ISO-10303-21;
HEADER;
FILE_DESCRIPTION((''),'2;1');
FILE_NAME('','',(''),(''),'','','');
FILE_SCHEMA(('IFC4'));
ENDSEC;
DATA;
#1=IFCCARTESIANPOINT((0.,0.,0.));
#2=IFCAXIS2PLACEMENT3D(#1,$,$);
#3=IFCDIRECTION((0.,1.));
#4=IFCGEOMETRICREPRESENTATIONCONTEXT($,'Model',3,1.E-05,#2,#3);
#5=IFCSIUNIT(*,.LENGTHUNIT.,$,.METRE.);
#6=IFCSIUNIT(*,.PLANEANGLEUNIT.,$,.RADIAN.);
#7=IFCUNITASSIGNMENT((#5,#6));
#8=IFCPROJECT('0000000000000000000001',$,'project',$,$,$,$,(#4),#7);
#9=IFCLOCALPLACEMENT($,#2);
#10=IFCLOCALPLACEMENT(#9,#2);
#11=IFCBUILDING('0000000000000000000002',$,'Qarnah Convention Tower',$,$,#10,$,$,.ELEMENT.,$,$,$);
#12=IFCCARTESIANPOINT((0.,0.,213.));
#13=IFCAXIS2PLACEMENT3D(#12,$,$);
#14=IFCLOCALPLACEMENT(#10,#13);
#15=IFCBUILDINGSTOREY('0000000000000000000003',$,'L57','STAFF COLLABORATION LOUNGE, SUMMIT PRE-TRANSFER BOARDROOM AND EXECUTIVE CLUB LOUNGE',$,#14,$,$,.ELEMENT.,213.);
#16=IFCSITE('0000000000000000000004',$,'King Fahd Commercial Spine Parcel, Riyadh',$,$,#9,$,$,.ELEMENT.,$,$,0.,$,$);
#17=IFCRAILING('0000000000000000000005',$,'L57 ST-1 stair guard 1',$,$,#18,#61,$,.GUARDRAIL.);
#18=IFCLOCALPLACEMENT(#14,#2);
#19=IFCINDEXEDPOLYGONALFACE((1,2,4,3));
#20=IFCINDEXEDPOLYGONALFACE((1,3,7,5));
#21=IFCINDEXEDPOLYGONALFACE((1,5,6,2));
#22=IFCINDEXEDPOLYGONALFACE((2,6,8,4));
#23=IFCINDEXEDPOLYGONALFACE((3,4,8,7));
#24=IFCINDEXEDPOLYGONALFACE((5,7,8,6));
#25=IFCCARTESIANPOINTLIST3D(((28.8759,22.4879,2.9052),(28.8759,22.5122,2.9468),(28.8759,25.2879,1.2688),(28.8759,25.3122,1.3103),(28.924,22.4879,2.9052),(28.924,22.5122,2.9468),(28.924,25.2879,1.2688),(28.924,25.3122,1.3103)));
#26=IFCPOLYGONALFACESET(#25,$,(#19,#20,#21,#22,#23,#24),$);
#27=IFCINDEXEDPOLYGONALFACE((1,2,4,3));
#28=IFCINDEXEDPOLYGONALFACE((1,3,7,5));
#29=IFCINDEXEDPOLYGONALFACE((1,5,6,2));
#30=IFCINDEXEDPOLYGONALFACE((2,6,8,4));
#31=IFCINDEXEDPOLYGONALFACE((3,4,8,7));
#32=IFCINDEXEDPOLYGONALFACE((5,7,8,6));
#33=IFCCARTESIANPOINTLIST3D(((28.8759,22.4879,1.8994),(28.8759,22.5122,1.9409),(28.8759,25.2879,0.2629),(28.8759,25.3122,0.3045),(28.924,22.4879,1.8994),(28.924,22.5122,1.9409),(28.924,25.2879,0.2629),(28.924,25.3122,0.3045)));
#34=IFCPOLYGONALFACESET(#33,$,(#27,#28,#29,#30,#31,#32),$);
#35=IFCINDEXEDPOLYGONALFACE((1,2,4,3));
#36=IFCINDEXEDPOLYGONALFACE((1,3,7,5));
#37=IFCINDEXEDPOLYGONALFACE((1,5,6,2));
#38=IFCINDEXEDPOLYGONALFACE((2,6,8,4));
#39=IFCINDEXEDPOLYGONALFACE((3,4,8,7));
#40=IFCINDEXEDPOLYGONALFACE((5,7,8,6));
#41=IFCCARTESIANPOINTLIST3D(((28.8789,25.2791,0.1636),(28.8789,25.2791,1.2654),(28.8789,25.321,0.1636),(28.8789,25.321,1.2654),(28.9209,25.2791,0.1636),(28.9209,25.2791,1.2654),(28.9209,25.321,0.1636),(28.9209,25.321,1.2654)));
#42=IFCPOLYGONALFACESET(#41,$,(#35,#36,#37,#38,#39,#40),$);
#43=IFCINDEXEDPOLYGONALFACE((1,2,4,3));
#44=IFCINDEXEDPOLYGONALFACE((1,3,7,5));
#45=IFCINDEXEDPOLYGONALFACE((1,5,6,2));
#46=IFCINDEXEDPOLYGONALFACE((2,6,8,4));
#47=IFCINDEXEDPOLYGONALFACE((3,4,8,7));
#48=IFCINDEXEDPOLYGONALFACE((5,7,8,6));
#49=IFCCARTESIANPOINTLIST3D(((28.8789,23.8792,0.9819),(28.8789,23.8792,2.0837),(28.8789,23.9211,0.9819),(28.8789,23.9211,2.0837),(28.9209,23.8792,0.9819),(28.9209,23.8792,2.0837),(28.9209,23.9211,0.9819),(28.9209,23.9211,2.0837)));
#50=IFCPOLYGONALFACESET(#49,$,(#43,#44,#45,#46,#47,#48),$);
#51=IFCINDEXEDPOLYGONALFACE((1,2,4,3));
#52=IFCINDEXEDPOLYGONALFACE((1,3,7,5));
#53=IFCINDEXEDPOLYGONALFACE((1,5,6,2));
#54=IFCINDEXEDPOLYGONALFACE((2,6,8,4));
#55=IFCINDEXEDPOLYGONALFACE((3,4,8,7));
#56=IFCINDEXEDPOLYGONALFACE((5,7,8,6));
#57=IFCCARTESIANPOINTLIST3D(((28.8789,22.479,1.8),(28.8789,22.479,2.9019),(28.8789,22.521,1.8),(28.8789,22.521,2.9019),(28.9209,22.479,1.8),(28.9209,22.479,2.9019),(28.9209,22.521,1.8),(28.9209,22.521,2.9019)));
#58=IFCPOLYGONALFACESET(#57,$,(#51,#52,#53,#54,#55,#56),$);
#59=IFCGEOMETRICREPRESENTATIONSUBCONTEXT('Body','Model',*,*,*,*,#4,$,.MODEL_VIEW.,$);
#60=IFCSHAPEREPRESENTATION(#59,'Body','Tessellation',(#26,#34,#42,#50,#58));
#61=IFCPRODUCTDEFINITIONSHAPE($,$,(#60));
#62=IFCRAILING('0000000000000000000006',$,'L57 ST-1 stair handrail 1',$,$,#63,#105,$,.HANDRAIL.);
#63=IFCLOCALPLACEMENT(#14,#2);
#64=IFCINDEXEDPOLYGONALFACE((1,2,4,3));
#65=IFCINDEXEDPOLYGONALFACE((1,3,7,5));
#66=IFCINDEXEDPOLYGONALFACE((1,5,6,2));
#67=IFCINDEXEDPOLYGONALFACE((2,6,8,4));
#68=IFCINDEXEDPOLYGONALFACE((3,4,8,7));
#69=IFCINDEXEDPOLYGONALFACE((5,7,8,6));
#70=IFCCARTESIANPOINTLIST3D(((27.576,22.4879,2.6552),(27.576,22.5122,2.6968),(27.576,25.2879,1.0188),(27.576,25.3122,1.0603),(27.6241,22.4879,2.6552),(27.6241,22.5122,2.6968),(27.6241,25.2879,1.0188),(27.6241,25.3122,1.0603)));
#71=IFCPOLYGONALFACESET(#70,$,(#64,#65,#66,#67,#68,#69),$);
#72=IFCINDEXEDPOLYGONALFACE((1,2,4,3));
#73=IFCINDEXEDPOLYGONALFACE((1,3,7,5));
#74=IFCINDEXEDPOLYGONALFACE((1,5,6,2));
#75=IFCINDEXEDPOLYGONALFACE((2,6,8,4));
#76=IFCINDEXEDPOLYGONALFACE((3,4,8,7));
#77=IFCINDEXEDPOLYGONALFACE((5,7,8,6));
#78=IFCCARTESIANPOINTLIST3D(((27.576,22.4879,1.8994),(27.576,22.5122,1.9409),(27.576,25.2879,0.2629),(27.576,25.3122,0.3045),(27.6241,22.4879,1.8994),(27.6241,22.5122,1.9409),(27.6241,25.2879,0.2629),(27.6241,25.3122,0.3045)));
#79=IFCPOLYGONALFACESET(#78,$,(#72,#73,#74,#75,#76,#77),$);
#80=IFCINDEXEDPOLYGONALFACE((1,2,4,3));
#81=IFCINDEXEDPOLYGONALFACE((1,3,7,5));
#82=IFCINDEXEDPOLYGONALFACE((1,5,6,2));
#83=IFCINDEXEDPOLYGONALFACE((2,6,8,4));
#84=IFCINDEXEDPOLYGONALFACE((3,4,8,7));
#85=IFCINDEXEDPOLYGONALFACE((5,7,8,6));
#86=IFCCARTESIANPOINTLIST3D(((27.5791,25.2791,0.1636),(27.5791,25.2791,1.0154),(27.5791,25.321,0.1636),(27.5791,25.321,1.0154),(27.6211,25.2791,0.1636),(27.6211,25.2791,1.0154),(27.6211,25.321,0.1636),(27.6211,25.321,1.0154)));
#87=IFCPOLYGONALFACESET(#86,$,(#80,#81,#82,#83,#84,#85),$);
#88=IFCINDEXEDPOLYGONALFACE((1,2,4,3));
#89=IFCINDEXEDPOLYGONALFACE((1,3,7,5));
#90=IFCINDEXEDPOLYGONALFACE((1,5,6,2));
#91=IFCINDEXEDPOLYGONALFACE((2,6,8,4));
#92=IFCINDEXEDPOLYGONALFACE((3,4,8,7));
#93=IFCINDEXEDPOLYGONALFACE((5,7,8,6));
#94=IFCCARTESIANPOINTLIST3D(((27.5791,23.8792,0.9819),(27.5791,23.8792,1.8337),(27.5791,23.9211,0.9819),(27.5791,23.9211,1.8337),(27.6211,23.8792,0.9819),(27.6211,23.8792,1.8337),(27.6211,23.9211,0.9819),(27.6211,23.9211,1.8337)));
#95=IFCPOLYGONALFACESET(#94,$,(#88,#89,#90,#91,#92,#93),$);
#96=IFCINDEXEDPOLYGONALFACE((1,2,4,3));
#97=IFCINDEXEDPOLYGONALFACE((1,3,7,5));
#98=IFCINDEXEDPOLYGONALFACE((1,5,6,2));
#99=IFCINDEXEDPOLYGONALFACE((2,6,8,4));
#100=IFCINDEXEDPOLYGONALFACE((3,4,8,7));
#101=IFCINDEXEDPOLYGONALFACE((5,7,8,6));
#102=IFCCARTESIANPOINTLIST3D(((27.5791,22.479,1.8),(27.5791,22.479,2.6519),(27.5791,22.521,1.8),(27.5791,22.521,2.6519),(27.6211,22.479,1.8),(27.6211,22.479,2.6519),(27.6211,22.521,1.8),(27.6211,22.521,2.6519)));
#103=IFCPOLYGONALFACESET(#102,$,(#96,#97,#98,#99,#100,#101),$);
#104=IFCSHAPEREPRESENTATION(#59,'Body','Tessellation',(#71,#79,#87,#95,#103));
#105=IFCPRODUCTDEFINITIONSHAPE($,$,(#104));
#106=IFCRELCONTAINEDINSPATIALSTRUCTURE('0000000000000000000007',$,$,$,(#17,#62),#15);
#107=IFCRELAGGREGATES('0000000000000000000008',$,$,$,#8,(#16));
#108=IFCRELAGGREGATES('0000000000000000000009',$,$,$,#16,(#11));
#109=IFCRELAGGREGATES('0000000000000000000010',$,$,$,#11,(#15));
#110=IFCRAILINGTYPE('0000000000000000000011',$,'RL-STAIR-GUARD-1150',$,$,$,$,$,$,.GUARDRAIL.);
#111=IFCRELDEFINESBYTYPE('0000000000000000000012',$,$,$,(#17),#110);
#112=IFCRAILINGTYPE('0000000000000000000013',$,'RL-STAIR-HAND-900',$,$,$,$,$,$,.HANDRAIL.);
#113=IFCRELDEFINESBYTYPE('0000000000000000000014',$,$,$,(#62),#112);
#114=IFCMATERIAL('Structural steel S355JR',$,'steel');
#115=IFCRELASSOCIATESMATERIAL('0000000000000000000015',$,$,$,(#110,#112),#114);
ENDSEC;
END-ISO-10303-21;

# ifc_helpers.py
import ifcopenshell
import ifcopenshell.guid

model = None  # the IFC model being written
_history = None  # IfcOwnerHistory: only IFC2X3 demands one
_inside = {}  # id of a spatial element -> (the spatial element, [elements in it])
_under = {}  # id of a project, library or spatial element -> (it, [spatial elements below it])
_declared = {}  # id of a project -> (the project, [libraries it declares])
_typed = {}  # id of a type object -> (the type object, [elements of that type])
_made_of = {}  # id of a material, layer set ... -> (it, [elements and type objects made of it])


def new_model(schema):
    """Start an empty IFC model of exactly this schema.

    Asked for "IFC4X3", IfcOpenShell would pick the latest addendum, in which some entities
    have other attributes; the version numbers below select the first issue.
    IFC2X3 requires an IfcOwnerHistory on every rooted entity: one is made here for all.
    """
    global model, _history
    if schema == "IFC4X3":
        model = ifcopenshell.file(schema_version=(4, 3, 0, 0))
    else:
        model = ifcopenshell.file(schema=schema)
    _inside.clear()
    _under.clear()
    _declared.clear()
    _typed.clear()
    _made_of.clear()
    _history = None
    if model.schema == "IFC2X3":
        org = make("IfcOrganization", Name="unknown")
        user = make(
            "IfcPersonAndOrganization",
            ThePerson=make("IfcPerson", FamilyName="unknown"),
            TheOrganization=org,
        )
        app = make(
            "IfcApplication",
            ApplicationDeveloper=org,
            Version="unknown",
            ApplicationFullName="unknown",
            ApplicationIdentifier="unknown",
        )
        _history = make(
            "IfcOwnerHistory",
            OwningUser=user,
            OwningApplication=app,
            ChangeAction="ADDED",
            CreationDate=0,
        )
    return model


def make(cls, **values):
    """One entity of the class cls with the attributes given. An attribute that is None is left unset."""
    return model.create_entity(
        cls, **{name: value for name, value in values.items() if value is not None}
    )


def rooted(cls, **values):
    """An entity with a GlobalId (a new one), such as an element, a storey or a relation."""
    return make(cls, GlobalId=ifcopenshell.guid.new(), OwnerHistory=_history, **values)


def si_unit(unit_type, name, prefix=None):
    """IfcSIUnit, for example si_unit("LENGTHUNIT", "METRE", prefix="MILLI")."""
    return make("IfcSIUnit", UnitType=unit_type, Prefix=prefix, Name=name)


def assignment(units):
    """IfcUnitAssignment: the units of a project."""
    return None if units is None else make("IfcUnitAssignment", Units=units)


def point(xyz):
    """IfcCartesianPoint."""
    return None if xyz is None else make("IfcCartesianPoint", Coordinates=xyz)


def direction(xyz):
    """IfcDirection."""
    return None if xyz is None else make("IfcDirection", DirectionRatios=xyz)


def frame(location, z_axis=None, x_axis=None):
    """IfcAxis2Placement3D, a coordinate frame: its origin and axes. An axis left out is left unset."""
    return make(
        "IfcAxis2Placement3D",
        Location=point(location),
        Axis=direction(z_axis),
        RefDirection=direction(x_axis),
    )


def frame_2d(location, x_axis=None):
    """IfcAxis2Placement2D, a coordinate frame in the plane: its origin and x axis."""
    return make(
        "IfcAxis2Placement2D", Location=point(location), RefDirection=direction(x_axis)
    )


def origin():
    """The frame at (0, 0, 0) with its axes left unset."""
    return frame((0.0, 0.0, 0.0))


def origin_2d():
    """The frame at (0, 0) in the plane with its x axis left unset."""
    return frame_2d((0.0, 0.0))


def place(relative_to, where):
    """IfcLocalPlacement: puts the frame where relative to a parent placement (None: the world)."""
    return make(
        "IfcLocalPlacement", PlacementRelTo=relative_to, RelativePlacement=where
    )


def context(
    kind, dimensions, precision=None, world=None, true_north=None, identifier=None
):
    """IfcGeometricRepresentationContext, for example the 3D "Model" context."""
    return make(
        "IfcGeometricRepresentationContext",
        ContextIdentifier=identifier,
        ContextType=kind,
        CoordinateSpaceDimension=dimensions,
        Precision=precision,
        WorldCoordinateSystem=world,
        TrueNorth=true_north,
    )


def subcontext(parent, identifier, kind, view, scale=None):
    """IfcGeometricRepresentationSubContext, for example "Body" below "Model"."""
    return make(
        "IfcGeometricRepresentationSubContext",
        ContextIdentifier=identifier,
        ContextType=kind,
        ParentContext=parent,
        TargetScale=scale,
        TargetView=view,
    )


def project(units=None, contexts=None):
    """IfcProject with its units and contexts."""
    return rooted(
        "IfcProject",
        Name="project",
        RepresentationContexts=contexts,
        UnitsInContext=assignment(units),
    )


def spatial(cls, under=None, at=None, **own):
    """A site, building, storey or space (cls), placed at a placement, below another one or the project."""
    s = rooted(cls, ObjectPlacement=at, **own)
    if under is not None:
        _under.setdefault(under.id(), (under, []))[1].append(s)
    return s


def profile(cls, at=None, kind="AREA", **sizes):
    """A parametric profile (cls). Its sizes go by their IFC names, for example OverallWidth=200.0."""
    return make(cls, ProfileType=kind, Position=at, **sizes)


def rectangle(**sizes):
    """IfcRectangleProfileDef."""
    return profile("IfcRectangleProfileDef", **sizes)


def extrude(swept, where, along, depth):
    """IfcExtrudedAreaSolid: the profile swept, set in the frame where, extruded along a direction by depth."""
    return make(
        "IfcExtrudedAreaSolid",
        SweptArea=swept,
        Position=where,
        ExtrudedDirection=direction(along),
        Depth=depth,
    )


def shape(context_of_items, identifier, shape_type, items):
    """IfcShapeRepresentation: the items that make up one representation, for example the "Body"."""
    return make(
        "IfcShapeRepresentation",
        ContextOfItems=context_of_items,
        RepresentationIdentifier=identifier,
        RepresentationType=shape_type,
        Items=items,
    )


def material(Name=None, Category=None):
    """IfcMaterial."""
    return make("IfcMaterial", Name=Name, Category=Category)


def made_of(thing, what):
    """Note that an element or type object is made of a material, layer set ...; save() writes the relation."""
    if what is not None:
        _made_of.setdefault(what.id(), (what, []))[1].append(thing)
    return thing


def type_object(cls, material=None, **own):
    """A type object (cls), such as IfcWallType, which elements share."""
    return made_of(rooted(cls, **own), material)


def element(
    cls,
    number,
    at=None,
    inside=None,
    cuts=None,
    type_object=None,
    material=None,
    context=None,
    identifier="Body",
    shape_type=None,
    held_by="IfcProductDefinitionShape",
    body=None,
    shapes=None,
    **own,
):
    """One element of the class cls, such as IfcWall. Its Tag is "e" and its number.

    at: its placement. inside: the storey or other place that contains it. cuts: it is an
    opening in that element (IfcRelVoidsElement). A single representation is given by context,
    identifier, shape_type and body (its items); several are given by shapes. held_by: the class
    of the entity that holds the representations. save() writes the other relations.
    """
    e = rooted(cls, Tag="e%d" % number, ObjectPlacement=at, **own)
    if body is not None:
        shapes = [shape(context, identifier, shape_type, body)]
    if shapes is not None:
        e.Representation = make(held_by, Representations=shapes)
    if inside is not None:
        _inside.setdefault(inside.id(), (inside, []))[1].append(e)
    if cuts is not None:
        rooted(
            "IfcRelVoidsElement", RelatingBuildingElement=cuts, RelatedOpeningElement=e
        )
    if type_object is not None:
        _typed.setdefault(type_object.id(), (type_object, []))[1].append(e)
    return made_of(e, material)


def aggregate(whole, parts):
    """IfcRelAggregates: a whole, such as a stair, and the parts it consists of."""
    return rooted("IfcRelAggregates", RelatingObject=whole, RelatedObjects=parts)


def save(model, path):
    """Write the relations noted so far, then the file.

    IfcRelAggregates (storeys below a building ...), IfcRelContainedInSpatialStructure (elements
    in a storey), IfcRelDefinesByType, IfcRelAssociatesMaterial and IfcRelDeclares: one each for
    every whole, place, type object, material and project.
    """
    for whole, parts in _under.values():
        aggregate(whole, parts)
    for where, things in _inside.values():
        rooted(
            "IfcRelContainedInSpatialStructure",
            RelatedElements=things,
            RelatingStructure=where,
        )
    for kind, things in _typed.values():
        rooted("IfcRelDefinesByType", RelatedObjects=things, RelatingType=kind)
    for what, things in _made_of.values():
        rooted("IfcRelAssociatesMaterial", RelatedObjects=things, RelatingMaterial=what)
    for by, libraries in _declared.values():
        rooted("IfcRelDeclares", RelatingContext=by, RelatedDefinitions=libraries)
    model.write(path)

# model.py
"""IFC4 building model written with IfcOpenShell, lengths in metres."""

from ifc_helpers import new_model, si_unit, direction, frame, origin, origin_2d, place, context, subcontext, project, spatial, rectangle, extrude, material, type_object, element, save


model = new_model("IFC4")

# Units and contexts
model_context = context("Model", 3, precision=1e-05, world=origin(), true_north=direction((0.0, 1.0)))
body_context = subcontext(model_context, "Body", "Model", "MODEL_VIEW")
ifc_project = project(units=[si_unit("LENGTHUNIT", "METRE"), si_unit("PLANEANGLEUNIT", "RADIAN")], contexts=[model_context])

# Site, building, storey
site_placement = place(None, origin())
site = spatial("IfcSite", under=ifc_project, at=site_placement, Name="King Fahd Commercial Spine Parcel, Riyadh", CompositionType="ELEMENT", RefElevation=0.0)
building_placement = place(site_placement, origin())
building = spatial("IfcBuilding", under=site, at=building_placement, Name="Qarnah Convention Tower", CompositionType="ELEMENT")
storey_placement = place(building_placement, frame((0.0, 0.0, 213.0)))
storey = spatial("IfcBuildingStorey", under=building, at=storey_placement, Name="L57", Description="STAFF COLLABORATION LOUNGE, SUMMIT PRE-TRANSFER BOARDROOM AND EXECUTIVE CLUB LOUNGE", CompositionType="ELEMENT", Elevation=213.0)

# Shared definitions
ifc_material_1 = material(Name="Structural steel S355JR", Category="steel")

# Railings
railing_type_1 = type_object("IfcRailingType", Name="RL-STAIR-GUARD-1150", PredefinedType="GUARDRAIL", material=ifc_material_1)
railing_1_placement = place(storey_placement, frame((28.8999, 25.3, 0.1636)))
element("IfcRailing", 1, at=railing_1_placement, inside=storey, type_object=railing_type_1, Name="L57 ST-1 stair guard 1", PredefinedType="GUARDRAIL", context=body_context, shape_type="SweptSolid", body=[
    extrude(rectangle(XDim=0.0481, YDim=0.0481, at=origin_2d()), frame((0.0, 0.0, 1.126), z_axis=(0.0, -0.863361, 0.504587), x_axis=(1.0, 0.0, 0.0)), (0.0, 0.0, 1.0), 3.2432),
    extrude(rectangle(XDim=0.0481, YDim=0.0481, at=origin_2d()), frame((0.0, 0.0, 0.1201), z_axis=(0.0, -0.863361, 0.504587), x_axis=(1.0, 0.0, 0.0)), (0.0, 0.0, 1.0), 3.2432),
    extrude(rectangle(XDim=0.042, YDim=0.042, at=origin_2d()), origin(), (0.0, 0.0, 1.0), 1.1018),
    extrude(rectangle(XDim=0.042, YDim=0.042, at=origin_2d()), frame((0.0, -1.3999, 0.8184)), (0.0, 0.0, 1.0), 1.1018),
    extrude(rectangle(XDim=0.042, YDim=0.042, at=origin_2d()), frame((0.0, -2.8, 1.6365)), (0.0, 0.0, 1.0), 1.1018),
])
railing_type_2 = type_object("IfcRailingType", Name="RL-STAIR-HAND-900", PredefinedType="HANDRAIL", material=ifc_material_1)
railing_2_placement = place(storey_placement, frame((27.6001, 25.3, 0.1636)))
element("IfcRailing", 2, at=railing_2_placement, inside=storey, type_object=railing_type_2, Name="L57 ST-1 stair handrail 1", PredefinedType="HANDRAIL", context=body_context, shape_type="SweptSolid", body=[
    extrude(rectangle(XDim=0.0481, YDim=0.0481, at=origin_2d()), frame((0.0, 0.0, 0.876), z_axis=(0.0, -0.863361, 0.504587), x_axis=(1.0, 0.0, 0.0)), (0.0, 0.0, 1.0), 3.2432),
    extrude(rectangle(XDim=0.0481, YDim=0.0481, at=origin_2d()), frame((0.0, 0.0, 0.1201), z_axis=(0.0, -0.863361, 0.504587), x_axis=(1.0, 0.0, 0.0)), (0.0, 0.0, 1.0), 3.2432),
    extrude(rectangle(XDim=0.042, YDim=0.042, at=origin_2d()), origin(), (0.0, 0.0, 1.0), 0.8518),
    extrude(rectangle(XDim=0.042, YDim=0.042, at=origin_2d()), frame((0.0, -1.3999, 0.8184)), (0.0, 0.0, 1.0), 0.8518),
    extrude(rectangle(XDim=0.042, YDim=0.042, at=origin_2d()), frame((0.0, -2.8, 1.6365)), (0.0, 0.0, 1.0), 0.8518),
])

save(model, "model.ifc")
